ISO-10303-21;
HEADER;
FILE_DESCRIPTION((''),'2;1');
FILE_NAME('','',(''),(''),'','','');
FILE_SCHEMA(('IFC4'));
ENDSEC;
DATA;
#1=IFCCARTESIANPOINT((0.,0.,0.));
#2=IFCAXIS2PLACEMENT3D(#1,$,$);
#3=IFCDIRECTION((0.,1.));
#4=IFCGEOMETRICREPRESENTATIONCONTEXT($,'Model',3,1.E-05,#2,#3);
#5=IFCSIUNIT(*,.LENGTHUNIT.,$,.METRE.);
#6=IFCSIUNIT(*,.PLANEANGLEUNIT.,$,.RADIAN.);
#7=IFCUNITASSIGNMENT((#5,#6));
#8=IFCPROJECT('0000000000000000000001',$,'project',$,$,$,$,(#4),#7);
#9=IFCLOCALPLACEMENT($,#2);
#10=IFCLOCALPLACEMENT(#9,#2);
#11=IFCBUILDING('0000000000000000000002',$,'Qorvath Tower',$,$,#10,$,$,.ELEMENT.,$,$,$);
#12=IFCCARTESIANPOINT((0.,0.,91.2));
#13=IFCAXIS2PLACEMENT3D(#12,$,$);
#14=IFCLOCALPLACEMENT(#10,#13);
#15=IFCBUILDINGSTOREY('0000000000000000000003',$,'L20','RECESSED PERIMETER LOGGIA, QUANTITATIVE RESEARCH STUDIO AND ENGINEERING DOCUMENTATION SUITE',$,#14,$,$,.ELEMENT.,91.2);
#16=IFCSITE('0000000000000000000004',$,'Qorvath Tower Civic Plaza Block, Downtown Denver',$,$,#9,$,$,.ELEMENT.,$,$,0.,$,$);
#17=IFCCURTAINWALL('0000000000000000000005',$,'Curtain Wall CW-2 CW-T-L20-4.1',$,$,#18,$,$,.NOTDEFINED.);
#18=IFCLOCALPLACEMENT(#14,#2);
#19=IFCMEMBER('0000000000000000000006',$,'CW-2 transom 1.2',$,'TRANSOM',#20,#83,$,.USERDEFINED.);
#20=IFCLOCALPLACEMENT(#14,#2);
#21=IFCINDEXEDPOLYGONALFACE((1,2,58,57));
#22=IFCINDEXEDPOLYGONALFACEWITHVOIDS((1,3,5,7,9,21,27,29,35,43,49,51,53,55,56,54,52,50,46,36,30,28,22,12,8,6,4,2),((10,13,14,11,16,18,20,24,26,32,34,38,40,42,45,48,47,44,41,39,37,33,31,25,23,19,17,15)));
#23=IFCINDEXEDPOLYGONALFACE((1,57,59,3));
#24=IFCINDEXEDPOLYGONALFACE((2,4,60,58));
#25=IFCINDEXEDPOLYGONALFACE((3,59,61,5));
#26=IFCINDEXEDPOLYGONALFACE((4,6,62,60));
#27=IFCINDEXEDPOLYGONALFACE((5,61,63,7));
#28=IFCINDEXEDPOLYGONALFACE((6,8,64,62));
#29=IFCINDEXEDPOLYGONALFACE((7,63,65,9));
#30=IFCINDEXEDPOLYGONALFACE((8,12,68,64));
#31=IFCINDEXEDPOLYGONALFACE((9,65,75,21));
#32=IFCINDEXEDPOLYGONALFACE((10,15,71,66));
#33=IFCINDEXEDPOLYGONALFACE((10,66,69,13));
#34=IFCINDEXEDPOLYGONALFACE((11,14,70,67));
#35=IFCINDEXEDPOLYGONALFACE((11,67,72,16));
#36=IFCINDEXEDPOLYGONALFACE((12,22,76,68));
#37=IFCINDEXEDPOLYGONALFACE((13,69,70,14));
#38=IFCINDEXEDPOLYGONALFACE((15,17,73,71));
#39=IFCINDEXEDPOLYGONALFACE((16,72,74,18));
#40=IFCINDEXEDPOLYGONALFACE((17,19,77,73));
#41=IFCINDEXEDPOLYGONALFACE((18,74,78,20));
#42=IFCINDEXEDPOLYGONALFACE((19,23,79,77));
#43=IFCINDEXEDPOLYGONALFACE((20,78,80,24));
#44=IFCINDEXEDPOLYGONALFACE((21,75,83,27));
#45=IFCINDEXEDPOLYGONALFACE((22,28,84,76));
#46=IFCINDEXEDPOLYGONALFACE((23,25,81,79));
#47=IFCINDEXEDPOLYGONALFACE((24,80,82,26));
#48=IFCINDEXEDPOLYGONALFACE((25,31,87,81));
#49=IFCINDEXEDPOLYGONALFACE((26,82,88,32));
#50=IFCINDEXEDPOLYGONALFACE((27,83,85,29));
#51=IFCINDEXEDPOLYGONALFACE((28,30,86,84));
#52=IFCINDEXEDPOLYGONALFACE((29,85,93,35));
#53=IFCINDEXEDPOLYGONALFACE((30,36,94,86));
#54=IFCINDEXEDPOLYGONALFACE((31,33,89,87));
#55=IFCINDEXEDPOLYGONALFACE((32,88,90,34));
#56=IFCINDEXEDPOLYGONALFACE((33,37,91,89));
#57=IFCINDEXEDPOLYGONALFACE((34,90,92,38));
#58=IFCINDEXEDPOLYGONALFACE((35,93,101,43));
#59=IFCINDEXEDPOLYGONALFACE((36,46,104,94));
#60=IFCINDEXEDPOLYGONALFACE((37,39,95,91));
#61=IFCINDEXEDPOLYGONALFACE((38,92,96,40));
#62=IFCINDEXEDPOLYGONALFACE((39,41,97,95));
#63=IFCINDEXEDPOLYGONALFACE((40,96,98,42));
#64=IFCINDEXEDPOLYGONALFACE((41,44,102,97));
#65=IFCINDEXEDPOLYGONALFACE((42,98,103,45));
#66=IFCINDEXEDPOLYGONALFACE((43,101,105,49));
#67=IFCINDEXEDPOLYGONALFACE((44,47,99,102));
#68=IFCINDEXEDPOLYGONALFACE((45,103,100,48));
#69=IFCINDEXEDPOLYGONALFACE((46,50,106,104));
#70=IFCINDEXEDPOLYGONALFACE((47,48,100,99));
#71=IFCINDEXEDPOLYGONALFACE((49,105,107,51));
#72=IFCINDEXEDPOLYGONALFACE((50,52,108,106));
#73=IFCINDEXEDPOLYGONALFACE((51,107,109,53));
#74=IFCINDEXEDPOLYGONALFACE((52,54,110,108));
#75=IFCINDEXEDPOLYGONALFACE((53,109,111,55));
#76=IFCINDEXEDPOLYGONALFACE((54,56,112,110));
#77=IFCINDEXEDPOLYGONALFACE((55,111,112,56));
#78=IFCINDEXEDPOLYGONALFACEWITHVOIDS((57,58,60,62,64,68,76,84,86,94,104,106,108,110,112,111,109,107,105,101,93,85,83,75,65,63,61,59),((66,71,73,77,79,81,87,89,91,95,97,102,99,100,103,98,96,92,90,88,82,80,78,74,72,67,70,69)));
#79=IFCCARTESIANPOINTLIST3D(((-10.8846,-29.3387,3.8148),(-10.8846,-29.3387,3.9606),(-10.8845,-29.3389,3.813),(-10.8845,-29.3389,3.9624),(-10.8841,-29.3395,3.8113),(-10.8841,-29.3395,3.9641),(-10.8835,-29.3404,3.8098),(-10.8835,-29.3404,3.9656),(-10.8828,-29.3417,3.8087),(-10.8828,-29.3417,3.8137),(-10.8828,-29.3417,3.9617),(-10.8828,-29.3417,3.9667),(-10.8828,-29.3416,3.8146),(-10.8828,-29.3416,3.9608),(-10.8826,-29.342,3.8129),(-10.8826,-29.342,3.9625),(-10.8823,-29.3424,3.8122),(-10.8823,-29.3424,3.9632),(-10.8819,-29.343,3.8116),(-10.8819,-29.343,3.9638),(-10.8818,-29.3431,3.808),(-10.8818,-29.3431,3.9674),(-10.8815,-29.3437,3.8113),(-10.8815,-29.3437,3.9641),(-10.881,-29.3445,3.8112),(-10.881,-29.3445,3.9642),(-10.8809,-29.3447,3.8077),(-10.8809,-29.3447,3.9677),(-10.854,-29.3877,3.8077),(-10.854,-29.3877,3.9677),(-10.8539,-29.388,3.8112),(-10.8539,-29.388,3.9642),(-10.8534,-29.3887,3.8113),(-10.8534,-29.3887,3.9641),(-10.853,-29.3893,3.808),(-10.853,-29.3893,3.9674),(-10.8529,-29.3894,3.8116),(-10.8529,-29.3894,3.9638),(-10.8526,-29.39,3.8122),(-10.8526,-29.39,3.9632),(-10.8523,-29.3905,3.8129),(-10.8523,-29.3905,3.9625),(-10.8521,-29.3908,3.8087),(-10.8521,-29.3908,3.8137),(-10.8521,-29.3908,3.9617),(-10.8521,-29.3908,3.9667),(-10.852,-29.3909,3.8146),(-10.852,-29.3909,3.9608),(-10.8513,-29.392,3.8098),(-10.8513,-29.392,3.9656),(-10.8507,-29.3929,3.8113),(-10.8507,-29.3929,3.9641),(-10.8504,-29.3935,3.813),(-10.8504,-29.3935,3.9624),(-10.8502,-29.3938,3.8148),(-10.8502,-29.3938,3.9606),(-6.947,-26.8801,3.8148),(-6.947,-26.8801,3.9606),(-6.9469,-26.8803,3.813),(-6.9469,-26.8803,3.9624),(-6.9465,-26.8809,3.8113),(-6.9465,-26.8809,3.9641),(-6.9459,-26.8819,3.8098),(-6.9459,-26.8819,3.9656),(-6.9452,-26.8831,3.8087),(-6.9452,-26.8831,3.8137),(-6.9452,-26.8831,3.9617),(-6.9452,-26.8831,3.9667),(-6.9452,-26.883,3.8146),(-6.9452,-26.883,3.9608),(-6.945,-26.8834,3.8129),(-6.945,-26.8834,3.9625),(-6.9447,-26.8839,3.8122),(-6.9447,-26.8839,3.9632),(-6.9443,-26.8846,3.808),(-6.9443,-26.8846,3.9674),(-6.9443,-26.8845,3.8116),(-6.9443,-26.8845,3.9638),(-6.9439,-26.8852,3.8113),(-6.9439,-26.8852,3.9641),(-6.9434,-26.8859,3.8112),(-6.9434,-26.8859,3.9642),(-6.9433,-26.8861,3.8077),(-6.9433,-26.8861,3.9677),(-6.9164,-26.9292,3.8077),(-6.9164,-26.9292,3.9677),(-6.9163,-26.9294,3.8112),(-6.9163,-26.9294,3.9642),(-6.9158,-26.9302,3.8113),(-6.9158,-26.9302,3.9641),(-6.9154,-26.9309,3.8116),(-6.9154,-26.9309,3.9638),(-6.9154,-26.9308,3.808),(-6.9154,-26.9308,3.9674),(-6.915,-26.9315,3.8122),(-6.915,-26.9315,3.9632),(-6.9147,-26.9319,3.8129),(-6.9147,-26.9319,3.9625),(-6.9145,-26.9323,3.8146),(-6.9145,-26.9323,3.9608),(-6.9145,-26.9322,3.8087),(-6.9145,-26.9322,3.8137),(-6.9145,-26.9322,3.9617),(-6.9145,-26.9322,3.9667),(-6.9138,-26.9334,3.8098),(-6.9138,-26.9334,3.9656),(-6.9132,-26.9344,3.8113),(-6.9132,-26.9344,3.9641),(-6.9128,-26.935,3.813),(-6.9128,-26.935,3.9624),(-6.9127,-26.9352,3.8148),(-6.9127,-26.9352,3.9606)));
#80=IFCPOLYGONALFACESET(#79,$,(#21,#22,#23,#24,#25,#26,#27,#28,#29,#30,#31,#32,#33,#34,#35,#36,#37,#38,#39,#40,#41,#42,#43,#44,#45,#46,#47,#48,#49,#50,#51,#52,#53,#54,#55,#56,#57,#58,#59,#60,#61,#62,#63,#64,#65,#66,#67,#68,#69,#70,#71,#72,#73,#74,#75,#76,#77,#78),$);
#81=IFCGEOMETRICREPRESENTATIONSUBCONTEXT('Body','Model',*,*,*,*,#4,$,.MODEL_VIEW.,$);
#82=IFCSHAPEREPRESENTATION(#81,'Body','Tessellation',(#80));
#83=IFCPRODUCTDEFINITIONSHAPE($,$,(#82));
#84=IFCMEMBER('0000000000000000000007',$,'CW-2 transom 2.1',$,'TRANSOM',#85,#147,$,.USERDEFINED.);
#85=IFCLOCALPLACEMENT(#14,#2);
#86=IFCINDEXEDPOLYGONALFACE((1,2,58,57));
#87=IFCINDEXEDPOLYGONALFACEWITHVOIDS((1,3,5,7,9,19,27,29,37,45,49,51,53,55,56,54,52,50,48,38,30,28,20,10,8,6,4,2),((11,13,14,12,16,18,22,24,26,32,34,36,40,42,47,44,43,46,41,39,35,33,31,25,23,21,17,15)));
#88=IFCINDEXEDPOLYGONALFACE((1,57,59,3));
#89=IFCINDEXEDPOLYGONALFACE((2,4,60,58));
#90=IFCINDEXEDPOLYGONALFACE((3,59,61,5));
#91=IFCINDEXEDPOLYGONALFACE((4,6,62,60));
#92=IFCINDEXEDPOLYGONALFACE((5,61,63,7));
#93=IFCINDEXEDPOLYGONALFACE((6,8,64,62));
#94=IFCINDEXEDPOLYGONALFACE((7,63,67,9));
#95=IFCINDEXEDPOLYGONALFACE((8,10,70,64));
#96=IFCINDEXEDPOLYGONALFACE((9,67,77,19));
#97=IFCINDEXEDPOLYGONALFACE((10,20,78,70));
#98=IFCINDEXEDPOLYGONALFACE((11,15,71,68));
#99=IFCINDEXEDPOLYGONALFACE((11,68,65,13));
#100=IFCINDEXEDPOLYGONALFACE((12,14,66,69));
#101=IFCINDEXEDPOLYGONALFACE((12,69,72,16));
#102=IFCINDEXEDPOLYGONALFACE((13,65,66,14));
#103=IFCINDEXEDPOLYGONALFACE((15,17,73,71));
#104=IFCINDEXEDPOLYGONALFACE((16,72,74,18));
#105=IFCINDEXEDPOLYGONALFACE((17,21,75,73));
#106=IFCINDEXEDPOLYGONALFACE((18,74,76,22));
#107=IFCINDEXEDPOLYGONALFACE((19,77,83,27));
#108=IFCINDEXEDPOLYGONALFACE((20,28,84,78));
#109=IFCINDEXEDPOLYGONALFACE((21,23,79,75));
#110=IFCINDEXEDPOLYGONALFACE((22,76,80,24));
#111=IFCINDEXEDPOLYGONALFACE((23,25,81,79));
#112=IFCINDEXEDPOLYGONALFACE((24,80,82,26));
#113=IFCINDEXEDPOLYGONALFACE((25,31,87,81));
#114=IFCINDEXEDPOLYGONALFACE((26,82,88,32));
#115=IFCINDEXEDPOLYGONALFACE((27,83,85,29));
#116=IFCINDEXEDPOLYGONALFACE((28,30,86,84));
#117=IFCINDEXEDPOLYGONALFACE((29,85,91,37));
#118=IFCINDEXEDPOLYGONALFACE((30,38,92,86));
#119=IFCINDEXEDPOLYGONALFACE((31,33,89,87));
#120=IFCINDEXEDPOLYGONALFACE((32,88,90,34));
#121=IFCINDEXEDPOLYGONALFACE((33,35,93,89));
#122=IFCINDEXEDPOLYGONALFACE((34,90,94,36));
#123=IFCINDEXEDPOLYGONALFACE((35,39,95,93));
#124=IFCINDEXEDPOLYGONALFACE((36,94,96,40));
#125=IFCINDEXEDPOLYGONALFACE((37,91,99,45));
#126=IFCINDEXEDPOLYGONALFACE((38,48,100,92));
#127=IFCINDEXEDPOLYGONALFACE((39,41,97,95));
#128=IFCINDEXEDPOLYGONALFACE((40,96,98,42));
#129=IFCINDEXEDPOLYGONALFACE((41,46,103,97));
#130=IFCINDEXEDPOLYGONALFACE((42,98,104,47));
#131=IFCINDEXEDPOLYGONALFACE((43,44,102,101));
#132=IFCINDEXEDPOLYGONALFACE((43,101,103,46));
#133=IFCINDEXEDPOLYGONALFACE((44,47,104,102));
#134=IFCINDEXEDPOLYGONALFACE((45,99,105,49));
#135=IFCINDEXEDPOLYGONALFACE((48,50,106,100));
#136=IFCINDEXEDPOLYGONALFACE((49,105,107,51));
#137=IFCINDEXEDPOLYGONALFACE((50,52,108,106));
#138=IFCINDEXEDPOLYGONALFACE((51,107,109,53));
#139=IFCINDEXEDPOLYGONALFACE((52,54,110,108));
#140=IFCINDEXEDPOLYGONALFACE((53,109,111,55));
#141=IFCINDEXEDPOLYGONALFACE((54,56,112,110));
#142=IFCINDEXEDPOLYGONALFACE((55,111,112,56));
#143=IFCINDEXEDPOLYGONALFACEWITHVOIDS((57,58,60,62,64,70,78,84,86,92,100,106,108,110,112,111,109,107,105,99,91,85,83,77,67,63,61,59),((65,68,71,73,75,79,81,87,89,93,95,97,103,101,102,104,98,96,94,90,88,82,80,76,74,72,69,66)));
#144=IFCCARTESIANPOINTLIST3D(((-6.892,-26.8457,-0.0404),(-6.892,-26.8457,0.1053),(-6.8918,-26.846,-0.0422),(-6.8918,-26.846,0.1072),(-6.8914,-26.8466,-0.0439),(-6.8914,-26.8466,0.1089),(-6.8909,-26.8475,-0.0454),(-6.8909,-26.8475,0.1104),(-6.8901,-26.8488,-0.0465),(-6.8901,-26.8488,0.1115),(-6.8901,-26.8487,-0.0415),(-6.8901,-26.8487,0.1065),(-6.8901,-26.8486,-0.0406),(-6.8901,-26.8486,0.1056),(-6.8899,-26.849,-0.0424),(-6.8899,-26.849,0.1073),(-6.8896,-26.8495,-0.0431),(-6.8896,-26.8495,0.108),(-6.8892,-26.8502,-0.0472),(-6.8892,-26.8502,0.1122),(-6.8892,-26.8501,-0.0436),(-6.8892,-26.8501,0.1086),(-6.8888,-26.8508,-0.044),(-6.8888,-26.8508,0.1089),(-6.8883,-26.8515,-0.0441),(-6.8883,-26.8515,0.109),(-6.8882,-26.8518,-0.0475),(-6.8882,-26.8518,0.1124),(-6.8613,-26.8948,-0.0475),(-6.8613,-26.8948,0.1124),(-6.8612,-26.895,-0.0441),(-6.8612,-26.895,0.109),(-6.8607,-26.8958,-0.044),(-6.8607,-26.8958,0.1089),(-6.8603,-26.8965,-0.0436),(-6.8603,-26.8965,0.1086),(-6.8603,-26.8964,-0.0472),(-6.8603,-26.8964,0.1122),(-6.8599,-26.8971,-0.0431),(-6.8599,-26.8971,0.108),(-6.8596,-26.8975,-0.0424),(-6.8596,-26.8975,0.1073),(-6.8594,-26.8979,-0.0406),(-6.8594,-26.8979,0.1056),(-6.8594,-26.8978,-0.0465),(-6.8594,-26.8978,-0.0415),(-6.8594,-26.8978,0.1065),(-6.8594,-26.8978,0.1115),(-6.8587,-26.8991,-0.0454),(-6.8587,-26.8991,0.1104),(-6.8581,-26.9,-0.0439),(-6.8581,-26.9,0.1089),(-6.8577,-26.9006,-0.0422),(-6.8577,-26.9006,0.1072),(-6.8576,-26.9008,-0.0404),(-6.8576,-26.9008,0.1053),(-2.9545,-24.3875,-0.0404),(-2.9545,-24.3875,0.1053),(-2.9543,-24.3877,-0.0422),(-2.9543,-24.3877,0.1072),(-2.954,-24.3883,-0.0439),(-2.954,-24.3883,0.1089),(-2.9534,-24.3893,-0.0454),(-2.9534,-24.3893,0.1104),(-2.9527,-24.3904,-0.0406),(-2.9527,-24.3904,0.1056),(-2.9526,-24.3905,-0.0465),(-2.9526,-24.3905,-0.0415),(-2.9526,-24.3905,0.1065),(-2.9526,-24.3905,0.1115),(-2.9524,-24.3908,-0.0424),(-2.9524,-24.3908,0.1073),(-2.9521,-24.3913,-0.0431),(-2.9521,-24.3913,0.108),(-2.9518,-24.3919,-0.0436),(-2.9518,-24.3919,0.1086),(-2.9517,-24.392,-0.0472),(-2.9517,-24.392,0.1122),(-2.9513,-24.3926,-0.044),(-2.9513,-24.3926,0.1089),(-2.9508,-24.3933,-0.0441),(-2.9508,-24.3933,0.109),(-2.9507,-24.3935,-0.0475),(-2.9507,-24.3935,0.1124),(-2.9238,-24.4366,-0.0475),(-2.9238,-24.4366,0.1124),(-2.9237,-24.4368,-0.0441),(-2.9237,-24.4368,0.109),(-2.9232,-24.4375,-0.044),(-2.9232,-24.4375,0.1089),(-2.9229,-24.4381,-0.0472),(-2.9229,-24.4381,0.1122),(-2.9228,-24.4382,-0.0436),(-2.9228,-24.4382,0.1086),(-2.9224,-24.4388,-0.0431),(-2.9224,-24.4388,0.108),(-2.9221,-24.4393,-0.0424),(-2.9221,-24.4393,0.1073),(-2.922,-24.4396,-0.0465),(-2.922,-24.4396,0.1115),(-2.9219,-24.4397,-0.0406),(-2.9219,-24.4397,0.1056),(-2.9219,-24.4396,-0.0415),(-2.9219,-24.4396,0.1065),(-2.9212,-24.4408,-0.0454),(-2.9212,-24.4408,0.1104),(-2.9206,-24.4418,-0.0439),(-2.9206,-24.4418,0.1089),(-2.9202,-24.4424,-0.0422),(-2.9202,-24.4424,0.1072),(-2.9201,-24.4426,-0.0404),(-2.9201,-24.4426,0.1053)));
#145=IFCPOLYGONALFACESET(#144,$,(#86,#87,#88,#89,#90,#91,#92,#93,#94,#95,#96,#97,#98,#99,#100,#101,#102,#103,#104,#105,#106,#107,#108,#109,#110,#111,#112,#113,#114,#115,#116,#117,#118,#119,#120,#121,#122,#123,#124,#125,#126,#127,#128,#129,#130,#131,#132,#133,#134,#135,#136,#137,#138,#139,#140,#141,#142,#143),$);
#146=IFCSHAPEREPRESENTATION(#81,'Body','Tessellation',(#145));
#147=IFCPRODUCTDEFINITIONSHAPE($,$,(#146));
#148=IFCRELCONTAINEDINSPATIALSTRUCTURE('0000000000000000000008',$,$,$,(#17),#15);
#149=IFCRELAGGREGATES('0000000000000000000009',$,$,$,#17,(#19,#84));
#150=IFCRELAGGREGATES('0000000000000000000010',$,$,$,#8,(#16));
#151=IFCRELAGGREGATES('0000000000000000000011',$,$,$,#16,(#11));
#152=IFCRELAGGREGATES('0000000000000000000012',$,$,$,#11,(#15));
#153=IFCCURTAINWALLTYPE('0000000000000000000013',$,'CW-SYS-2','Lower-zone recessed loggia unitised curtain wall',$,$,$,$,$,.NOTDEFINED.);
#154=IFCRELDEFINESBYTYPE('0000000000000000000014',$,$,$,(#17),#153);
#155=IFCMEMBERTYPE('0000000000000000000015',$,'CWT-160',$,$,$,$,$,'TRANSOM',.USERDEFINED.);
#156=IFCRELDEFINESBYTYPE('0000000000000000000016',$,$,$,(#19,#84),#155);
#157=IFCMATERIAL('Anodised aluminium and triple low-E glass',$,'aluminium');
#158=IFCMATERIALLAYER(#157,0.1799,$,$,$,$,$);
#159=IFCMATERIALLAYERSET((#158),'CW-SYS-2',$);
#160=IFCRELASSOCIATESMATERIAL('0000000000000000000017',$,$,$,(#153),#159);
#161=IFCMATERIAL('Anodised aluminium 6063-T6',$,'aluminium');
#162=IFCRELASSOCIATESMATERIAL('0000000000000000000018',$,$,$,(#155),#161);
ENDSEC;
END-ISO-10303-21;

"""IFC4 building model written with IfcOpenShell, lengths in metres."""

from ifc_helpers import new_model, si_unit, direction, frame, origin, origin_2d, place, context, subcontext, project, spatial, hollow_rectangle, extrude, material, layer, layer_set, material_profile, profile_set, type_object, element, aggregate, save


model = new_model("IFC4")

# Units and contexts
model_context = context("Model", 3, precision=1e-05, world=origin(), true_north=direction((0.0, 1.0)))
body_context = subcontext(model_context, "Body", "Model", "MODEL_VIEW")
ifc_project = project(units=[si_unit("LENGTHUNIT", "METRE"), si_unit("PLANEANGLEUNIT", "RADIAN")], contexts=[model_context])

# Site, building, storey
site_placement = place(None, origin())
site = spatial("IfcSite", under=ifc_project, at=site_placement, Name="Qorvath Tower Civic Plaza Block, Downtown Denver", CompositionType="ELEMENT", RefElevation=0.0)
building_placement = place(site_placement, origin())
building = spatial("IfcBuilding", under=site, at=building_placement, Name="Qorvath Tower", CompositionType="ELEMENT")
storey_placement = place(building_placement, frame((0.0, 0.0, 91.2)))
storey = spatial("IfcBuildingStorey", under=building, at=storey_placement, Name="L20", Description="RECESSED PERIMETER LOGGIA, QUANTITATIVE RESEARCH STUDIO AND ENGINEERING DOCUMENTATION SUITE", CompositionType="ELEMENT", Elevation=91.2)

# Shared definitions
ifc_material_1 = material(Name="Anodised aluminium and triple low-E glass", Category="aluminium")
ifc_layer_1 = layer(ifc_material_1, 0.1799)
ifc_layer_set_1 = layer_set([ifc_layer_1], Name="CW-SYS-2")
curtain_wall_type = type_object("IfcCurtainWallType", Name="CW-SYS-2", Description="Lower-zone recessed loggia unitised curtain wall", PredefinedType="NOTDEFINED", material=ifc_layer_set_1)

# Curtain wall
curtain_wall_1_placement = place(storey_placement, origin())
curtain_wall_1 = element("IfcCurtainWall", 1, at=curtain_wall_1_placement, inside=storey, type_object=curtain_wall_type, Name="Curtain Wall CW-2 CW-T-L20-4.1", PredefinedType="NOTDEFINED")

# Members
ifc_material_2 = material(Name="Anodised aluminium 6063-T6", Category="aluminium")
ifc_material_profile_1 = material_profile(ifc_material_2, hollow_rectangle(XDim=0.0649, YDim=0.1599, WallThickness=0.0034, InnerFilletRadius=0.0034, OuterFilletRadius=0.0071, at=origin_2d()), Name="CWT 160x65")
ifc_profile_set_1 = profile_set([ifc_material_profile_1], Name="Anodised aluminium 6063-T6")
member_type_1 = type_object("IfcMemberType", Name="CWT-160", ElementType="TRANSOM", PredefinedType="USERDEFINED", material=ifc_profile_set_1)
member_1_placement = place(storey_placement, frame((-10.8674, -29.3662, 3.8877), z_axis=(0.848235, 0.529621, 0.0), x_axis=(-0.529621, 0.848235, 0.0)))
member_1 = element("IfcMember", 2, at=member_1_placement, type_object=member_type_1, Name="CW-2 transom 1.2", ObjectType="TRANSOM", PredefinedType="USERDEFINED", context=body_context, shape_type="SweptSolid", body=[
    extrude(hollow_rectangle(XDim=0.0649, YDim=0.1599, WallThickness=0.0034, InnerFilletRadius=0.0034, OuterFilletRadius=0.0071, at=origin_2d()), origin(), (0.0, 0.0, 1.0), 4.6421),
])
member_2_placement = place(storey_placement, frame((-6.8748, -26.8733, 0.0325), z_axis=(0.848258, 0.529583, 0.0), x_axis=(-0.529583, 0.848258, 0.0)))
member_2 = element("IfcMember", 3, at=member_2_placement, type_object=member_type_1, Name="CW-2 transom 2.1", ObjectType="TRANSOM", PredefinedType="USERDEFINED", context=body_context, shape_type="SweptSolid", body=[
    extrude(hollow_rectangle(XDim=0.0649, YDim=0.1599, WallThickness=0.0034, InnerFilletRadius=0.0034, OuterFilletRadius=0.0071, at=origin_2d()), origin(), (0.0, 0.0, 1.0), 4.6418),
])

aggregate(curtain_wall_1, [member_1, member_2])

save(model, "model.ifc")
